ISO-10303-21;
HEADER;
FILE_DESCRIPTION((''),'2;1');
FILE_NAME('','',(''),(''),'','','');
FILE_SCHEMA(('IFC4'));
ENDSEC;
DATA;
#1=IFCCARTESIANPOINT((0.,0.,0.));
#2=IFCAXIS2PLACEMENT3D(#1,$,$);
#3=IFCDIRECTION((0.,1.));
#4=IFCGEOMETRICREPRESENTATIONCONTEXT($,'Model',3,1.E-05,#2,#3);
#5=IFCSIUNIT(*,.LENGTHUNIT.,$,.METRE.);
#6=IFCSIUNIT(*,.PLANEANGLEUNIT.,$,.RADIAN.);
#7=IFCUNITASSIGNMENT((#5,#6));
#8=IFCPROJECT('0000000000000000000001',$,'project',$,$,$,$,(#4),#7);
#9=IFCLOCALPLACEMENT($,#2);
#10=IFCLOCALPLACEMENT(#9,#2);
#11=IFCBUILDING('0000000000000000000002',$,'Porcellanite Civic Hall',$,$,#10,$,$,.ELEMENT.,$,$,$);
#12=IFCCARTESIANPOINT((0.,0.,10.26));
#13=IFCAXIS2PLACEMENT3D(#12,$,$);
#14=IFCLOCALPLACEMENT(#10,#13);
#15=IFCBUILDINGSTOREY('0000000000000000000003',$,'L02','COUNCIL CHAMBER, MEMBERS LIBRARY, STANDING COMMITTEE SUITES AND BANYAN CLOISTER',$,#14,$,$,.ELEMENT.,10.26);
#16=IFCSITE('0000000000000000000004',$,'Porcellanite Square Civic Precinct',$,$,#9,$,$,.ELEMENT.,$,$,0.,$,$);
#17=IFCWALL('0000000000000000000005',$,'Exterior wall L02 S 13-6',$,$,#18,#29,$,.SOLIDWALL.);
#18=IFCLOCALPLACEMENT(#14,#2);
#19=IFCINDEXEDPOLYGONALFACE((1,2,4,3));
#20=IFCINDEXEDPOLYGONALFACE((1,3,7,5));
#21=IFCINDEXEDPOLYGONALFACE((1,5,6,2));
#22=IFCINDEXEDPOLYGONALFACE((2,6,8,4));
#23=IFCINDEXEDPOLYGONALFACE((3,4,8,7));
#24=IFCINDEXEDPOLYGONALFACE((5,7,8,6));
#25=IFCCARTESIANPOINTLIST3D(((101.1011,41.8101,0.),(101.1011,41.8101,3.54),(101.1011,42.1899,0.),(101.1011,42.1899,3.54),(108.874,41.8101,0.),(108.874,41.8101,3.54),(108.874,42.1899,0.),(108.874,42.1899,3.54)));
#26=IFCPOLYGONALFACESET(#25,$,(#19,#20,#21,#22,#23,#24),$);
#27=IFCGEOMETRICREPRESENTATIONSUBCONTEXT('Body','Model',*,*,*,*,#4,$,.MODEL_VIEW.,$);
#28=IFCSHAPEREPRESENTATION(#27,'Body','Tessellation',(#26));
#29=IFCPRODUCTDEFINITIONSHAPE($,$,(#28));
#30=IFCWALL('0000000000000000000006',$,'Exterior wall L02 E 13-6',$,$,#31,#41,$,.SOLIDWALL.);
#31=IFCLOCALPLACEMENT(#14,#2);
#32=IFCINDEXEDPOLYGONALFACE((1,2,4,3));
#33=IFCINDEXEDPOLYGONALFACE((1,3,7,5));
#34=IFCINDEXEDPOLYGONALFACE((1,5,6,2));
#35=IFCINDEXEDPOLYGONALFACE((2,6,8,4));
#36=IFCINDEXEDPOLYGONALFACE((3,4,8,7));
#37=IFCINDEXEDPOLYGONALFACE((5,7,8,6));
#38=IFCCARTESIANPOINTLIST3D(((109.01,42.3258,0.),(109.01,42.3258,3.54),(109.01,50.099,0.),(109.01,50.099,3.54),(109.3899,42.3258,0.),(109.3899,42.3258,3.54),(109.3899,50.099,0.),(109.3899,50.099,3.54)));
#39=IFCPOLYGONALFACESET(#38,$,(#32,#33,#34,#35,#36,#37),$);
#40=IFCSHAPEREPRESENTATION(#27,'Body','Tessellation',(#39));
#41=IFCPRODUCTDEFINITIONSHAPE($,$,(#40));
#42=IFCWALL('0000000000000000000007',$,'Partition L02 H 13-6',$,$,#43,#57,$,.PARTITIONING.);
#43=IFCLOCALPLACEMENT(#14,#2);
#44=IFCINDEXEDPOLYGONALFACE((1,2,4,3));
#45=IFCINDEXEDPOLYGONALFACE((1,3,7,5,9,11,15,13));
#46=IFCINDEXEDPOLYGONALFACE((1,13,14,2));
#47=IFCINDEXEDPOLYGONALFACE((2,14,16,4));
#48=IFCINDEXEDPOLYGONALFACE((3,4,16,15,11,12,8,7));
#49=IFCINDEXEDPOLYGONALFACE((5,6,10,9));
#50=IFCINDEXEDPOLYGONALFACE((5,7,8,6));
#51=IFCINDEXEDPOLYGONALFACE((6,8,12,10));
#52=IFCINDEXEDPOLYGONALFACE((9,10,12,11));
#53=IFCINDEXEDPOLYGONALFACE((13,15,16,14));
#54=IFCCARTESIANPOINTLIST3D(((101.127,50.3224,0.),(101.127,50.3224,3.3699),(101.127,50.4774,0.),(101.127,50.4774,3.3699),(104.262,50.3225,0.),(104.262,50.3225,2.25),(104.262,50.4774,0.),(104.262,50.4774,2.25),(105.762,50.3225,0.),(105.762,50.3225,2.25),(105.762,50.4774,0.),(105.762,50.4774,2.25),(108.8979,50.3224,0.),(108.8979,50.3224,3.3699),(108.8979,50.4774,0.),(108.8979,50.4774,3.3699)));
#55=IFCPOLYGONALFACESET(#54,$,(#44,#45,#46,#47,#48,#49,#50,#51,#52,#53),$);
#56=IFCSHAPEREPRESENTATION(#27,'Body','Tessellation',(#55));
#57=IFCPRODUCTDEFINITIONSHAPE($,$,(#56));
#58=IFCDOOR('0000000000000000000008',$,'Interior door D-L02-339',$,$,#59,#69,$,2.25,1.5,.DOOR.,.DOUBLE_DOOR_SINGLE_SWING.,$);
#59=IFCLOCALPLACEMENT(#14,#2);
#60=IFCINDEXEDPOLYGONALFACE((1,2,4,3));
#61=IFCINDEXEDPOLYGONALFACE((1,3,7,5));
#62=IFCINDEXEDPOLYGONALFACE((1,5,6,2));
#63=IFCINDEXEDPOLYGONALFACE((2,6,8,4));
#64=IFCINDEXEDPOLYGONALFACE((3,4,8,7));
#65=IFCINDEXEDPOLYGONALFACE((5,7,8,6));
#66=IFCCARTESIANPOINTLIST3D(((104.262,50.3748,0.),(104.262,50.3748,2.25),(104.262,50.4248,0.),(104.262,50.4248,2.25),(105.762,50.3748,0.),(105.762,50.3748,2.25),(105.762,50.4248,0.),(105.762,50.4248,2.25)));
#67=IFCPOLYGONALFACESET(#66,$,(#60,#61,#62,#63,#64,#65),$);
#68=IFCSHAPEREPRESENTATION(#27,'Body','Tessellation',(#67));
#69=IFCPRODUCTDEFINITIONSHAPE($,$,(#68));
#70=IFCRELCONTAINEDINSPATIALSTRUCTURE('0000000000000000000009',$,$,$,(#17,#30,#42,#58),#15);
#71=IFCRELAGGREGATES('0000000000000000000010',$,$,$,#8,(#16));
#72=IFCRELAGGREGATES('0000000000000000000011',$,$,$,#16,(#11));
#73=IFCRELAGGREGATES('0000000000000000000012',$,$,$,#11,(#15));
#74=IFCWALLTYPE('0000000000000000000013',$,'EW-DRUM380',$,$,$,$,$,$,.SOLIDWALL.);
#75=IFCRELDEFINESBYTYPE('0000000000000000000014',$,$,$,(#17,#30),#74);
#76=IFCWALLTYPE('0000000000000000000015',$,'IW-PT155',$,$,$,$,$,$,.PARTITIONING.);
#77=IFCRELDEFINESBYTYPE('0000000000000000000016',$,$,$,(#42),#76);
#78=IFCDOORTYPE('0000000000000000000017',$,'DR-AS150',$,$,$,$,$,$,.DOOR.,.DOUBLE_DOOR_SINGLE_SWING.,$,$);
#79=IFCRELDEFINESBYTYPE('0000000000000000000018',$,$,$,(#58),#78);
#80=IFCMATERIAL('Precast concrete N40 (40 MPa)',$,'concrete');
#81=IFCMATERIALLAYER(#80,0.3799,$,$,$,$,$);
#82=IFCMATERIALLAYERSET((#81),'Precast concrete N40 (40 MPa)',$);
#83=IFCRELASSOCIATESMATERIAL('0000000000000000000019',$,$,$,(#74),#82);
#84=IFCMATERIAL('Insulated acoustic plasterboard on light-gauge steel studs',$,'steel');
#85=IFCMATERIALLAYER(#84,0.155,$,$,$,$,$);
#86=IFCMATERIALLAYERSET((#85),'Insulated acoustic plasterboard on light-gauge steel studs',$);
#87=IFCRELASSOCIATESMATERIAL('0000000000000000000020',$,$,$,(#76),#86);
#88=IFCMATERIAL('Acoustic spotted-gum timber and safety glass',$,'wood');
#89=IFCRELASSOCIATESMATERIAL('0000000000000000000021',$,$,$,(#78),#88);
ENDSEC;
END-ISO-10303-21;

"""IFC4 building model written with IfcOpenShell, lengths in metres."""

from ifc_helpers import new_model, si_unit, direction, frame, frame_2d, origin, place, context, subcontext, project, spatial, rectangle, extrude, material, layer, layer_set, type_object, element, fill, save


model = new_model("IFC4")

# Units and contexts
model_context = context("Model", 3, precision=1e-05, world=origin(), true_north=direction((0.0, 1.0)))
body_context = subcontext(model_context, "Body", "Model", "MODEL_VIEW")
ifc_project = project(units=[si_unit("LENGTHUNIT", "METRE"), si_unit("PLANEANGLEUNIT", "RADIAN")], contexts=[model_context])

# Site, building, storey
site_placement = place(None, origin())
site = spatial("IfcSite", under=ifc_project, at=site_placement, Name="Porcellanite Square Civic Precinct", CompositionType="ELEMENT", RefElevation=0.0)
building_placement = place(site_placement, origin())
building = spatial("IfcBuilding", under=site, at=building_placement, Name="Porcellanite Civic Hall", CompositionType="ELEMENT")
storey_placement = place(building_placement, frame((0.0, 0.0, 10.26)))
storey = spatial("IfcBuildingStorey", under=building, at=storey_placement, Name="L02", Description="COUNCIL CHAMBER, MEMBERS LIBRARY, STANDING COMMITTEE SUITES AND BANYAN CLOISTER", CompositionType="ELEMENT", Elevation=10.26)

# Walls
ifc_material_1 = material(Name="Precast concrete N40 (40 MPa)", Category="concrete")
ifc_layer_1 = layer(ifc_material_1, 0.3799)
ifc_layer_set_1 = layer_set([ifc_layer_1], Name="Precast concrete N40 (40 MPa)")
wall_type_1 = type_object("IfcWallType", Name="EW-DRUM380", PredefinedType="SOLIDWALL", material=ifc_layer_set_1)
wall_1_placement = place(storey_placement, frame((108.874, 42.0, 0.0), z_axis=(0.0, 0.0, 1.0), x_axis=(-1.0, 0.0, 0.0)))
element("IfcWall", 1, at=wall_1_placement, inside=storey, type_object=wall_type_1, Name="Exterior wall L02 S 13-6", PredefinedType="SOLIDWALL", context=body_context, shape_type="SweptSolid", body=[
    extrude(rectangle(XDim=7.7729, YDim=0.3799, at=frame_2d((3.8865, 0.0))), origin(), (0.0, 0.0, 1.0), 3.54),
])
wall_2_placement = place(storey_placement, frame((109.2, 50.0991, 0.0), z_axis=(0.0, 0.0, 1.0), x_axis=(0.0, -1.0, 0.0)))
element("IfcWall", 2, at=wall_2_placement, inside=storey, type_object=wall_type_1, Name="Exterior wall L02 E 13-6", PredefinedType="SOLIDWALL", context=body_context, shape_type="SweptSolid", body=[
    extrude(rectangle(XDim=7.7732, YDim=0.3799, at=frame_2d((3.8867, 0.0))), origin(), (0.0, 0.0, 1.0), 3.54),
])

# Wall, opening, door
ifc_material_2 = material(Name="Insulated acoustic plasterboard on light-gauge steel studs", Category="steel")
ifc_layer_2 = layer(ifc_material_2, 0.155)
ifc_layer_set_2 = layer_set([ifc_layer_2], Name="Insulated acoustic plasterboard on light-gauge steel studs")
wall_type_2 = type_object("IfcWallType", Name="IW-PT155", PredefinedType="PARTITIONING", material=ifc_layer_set_2)
wall_3_placement = place(storey_placement, frame((101.127, 50.3999, 0.0), z_axis=(0.0, 0.0, 1.0), x_axis=(1.0, 0.0, 0.0)))
wall_3 = element("IfcWall", 3, at=wall_3_placement, inside=storey, type_object=wall_type_2, Name="Partition L02 H 13-6", PredefinedType="PARTITIONING", context=body_context, shape_type="SweptSolid", body=[
    extrude(rectangle(XDim=7.771, YDim=0.155, at=frame_2d((3.8855, 0.0))), origin(), (0.0, 0.0, 1.0), 3.3699),
])
opening_1_placement = place(wall_3_placement, frame((3.135, 0.0, 0.0)))
opening_1 = element("IfcOpeningElement", 4, at=opening_1_placement, cuts=wall_3, PredefinedType="OPENING", context=body_context, shape_type="SweptSolid", body=[
    extrude(rectangle(XDim=1.5, YDim=2.25, at=frame_2d((0.75, 1.125))), frame((0.0, 0.0776, 0.0), z_axis=(0.0, -1.0, 0.0), x_axis=(1.0, 0.0, 0.0)), (0.0, 0.0, 1.0), 0.155),
])
ifc_material_3 = material(Name="Acoustic spotted-gum timber and safety glass", Category="wood")
door_type = type_object("IfcDoorType", Name="DR-AS150", OperationType="DOUBLE_DOOR_SINGLE_SWING", PredefinedType="DOOR", material=ifc_material_3)
door_placement = place(opening_1_placement, origin())
door = element("IfcDoor", 5, at=door_placement, inside=storey, type_object=door_type, Name="Interior door D-L02-339", OperationType="DOUBLE_DOOR_SINGLE_SWING", OverallHeight=2.25, OverallWidth=1.5, PredefinedType="DOOR", context=body_context, shape_type="SweptSolid", body=[
    extrude(rectangle(XDim=1.5, YDim=2.25, at=frame_2d((0.75, 1.125))), frame((0.0, 0.0249, 0.0), z_axis=(0.0, -1.0, 0.0), x_axis=(1.0, 0.0, 0.0)), (0.0, 0.0, 1.0), 0.05),
])
fill(opening_1, door)

save(model, "model.ifc")
